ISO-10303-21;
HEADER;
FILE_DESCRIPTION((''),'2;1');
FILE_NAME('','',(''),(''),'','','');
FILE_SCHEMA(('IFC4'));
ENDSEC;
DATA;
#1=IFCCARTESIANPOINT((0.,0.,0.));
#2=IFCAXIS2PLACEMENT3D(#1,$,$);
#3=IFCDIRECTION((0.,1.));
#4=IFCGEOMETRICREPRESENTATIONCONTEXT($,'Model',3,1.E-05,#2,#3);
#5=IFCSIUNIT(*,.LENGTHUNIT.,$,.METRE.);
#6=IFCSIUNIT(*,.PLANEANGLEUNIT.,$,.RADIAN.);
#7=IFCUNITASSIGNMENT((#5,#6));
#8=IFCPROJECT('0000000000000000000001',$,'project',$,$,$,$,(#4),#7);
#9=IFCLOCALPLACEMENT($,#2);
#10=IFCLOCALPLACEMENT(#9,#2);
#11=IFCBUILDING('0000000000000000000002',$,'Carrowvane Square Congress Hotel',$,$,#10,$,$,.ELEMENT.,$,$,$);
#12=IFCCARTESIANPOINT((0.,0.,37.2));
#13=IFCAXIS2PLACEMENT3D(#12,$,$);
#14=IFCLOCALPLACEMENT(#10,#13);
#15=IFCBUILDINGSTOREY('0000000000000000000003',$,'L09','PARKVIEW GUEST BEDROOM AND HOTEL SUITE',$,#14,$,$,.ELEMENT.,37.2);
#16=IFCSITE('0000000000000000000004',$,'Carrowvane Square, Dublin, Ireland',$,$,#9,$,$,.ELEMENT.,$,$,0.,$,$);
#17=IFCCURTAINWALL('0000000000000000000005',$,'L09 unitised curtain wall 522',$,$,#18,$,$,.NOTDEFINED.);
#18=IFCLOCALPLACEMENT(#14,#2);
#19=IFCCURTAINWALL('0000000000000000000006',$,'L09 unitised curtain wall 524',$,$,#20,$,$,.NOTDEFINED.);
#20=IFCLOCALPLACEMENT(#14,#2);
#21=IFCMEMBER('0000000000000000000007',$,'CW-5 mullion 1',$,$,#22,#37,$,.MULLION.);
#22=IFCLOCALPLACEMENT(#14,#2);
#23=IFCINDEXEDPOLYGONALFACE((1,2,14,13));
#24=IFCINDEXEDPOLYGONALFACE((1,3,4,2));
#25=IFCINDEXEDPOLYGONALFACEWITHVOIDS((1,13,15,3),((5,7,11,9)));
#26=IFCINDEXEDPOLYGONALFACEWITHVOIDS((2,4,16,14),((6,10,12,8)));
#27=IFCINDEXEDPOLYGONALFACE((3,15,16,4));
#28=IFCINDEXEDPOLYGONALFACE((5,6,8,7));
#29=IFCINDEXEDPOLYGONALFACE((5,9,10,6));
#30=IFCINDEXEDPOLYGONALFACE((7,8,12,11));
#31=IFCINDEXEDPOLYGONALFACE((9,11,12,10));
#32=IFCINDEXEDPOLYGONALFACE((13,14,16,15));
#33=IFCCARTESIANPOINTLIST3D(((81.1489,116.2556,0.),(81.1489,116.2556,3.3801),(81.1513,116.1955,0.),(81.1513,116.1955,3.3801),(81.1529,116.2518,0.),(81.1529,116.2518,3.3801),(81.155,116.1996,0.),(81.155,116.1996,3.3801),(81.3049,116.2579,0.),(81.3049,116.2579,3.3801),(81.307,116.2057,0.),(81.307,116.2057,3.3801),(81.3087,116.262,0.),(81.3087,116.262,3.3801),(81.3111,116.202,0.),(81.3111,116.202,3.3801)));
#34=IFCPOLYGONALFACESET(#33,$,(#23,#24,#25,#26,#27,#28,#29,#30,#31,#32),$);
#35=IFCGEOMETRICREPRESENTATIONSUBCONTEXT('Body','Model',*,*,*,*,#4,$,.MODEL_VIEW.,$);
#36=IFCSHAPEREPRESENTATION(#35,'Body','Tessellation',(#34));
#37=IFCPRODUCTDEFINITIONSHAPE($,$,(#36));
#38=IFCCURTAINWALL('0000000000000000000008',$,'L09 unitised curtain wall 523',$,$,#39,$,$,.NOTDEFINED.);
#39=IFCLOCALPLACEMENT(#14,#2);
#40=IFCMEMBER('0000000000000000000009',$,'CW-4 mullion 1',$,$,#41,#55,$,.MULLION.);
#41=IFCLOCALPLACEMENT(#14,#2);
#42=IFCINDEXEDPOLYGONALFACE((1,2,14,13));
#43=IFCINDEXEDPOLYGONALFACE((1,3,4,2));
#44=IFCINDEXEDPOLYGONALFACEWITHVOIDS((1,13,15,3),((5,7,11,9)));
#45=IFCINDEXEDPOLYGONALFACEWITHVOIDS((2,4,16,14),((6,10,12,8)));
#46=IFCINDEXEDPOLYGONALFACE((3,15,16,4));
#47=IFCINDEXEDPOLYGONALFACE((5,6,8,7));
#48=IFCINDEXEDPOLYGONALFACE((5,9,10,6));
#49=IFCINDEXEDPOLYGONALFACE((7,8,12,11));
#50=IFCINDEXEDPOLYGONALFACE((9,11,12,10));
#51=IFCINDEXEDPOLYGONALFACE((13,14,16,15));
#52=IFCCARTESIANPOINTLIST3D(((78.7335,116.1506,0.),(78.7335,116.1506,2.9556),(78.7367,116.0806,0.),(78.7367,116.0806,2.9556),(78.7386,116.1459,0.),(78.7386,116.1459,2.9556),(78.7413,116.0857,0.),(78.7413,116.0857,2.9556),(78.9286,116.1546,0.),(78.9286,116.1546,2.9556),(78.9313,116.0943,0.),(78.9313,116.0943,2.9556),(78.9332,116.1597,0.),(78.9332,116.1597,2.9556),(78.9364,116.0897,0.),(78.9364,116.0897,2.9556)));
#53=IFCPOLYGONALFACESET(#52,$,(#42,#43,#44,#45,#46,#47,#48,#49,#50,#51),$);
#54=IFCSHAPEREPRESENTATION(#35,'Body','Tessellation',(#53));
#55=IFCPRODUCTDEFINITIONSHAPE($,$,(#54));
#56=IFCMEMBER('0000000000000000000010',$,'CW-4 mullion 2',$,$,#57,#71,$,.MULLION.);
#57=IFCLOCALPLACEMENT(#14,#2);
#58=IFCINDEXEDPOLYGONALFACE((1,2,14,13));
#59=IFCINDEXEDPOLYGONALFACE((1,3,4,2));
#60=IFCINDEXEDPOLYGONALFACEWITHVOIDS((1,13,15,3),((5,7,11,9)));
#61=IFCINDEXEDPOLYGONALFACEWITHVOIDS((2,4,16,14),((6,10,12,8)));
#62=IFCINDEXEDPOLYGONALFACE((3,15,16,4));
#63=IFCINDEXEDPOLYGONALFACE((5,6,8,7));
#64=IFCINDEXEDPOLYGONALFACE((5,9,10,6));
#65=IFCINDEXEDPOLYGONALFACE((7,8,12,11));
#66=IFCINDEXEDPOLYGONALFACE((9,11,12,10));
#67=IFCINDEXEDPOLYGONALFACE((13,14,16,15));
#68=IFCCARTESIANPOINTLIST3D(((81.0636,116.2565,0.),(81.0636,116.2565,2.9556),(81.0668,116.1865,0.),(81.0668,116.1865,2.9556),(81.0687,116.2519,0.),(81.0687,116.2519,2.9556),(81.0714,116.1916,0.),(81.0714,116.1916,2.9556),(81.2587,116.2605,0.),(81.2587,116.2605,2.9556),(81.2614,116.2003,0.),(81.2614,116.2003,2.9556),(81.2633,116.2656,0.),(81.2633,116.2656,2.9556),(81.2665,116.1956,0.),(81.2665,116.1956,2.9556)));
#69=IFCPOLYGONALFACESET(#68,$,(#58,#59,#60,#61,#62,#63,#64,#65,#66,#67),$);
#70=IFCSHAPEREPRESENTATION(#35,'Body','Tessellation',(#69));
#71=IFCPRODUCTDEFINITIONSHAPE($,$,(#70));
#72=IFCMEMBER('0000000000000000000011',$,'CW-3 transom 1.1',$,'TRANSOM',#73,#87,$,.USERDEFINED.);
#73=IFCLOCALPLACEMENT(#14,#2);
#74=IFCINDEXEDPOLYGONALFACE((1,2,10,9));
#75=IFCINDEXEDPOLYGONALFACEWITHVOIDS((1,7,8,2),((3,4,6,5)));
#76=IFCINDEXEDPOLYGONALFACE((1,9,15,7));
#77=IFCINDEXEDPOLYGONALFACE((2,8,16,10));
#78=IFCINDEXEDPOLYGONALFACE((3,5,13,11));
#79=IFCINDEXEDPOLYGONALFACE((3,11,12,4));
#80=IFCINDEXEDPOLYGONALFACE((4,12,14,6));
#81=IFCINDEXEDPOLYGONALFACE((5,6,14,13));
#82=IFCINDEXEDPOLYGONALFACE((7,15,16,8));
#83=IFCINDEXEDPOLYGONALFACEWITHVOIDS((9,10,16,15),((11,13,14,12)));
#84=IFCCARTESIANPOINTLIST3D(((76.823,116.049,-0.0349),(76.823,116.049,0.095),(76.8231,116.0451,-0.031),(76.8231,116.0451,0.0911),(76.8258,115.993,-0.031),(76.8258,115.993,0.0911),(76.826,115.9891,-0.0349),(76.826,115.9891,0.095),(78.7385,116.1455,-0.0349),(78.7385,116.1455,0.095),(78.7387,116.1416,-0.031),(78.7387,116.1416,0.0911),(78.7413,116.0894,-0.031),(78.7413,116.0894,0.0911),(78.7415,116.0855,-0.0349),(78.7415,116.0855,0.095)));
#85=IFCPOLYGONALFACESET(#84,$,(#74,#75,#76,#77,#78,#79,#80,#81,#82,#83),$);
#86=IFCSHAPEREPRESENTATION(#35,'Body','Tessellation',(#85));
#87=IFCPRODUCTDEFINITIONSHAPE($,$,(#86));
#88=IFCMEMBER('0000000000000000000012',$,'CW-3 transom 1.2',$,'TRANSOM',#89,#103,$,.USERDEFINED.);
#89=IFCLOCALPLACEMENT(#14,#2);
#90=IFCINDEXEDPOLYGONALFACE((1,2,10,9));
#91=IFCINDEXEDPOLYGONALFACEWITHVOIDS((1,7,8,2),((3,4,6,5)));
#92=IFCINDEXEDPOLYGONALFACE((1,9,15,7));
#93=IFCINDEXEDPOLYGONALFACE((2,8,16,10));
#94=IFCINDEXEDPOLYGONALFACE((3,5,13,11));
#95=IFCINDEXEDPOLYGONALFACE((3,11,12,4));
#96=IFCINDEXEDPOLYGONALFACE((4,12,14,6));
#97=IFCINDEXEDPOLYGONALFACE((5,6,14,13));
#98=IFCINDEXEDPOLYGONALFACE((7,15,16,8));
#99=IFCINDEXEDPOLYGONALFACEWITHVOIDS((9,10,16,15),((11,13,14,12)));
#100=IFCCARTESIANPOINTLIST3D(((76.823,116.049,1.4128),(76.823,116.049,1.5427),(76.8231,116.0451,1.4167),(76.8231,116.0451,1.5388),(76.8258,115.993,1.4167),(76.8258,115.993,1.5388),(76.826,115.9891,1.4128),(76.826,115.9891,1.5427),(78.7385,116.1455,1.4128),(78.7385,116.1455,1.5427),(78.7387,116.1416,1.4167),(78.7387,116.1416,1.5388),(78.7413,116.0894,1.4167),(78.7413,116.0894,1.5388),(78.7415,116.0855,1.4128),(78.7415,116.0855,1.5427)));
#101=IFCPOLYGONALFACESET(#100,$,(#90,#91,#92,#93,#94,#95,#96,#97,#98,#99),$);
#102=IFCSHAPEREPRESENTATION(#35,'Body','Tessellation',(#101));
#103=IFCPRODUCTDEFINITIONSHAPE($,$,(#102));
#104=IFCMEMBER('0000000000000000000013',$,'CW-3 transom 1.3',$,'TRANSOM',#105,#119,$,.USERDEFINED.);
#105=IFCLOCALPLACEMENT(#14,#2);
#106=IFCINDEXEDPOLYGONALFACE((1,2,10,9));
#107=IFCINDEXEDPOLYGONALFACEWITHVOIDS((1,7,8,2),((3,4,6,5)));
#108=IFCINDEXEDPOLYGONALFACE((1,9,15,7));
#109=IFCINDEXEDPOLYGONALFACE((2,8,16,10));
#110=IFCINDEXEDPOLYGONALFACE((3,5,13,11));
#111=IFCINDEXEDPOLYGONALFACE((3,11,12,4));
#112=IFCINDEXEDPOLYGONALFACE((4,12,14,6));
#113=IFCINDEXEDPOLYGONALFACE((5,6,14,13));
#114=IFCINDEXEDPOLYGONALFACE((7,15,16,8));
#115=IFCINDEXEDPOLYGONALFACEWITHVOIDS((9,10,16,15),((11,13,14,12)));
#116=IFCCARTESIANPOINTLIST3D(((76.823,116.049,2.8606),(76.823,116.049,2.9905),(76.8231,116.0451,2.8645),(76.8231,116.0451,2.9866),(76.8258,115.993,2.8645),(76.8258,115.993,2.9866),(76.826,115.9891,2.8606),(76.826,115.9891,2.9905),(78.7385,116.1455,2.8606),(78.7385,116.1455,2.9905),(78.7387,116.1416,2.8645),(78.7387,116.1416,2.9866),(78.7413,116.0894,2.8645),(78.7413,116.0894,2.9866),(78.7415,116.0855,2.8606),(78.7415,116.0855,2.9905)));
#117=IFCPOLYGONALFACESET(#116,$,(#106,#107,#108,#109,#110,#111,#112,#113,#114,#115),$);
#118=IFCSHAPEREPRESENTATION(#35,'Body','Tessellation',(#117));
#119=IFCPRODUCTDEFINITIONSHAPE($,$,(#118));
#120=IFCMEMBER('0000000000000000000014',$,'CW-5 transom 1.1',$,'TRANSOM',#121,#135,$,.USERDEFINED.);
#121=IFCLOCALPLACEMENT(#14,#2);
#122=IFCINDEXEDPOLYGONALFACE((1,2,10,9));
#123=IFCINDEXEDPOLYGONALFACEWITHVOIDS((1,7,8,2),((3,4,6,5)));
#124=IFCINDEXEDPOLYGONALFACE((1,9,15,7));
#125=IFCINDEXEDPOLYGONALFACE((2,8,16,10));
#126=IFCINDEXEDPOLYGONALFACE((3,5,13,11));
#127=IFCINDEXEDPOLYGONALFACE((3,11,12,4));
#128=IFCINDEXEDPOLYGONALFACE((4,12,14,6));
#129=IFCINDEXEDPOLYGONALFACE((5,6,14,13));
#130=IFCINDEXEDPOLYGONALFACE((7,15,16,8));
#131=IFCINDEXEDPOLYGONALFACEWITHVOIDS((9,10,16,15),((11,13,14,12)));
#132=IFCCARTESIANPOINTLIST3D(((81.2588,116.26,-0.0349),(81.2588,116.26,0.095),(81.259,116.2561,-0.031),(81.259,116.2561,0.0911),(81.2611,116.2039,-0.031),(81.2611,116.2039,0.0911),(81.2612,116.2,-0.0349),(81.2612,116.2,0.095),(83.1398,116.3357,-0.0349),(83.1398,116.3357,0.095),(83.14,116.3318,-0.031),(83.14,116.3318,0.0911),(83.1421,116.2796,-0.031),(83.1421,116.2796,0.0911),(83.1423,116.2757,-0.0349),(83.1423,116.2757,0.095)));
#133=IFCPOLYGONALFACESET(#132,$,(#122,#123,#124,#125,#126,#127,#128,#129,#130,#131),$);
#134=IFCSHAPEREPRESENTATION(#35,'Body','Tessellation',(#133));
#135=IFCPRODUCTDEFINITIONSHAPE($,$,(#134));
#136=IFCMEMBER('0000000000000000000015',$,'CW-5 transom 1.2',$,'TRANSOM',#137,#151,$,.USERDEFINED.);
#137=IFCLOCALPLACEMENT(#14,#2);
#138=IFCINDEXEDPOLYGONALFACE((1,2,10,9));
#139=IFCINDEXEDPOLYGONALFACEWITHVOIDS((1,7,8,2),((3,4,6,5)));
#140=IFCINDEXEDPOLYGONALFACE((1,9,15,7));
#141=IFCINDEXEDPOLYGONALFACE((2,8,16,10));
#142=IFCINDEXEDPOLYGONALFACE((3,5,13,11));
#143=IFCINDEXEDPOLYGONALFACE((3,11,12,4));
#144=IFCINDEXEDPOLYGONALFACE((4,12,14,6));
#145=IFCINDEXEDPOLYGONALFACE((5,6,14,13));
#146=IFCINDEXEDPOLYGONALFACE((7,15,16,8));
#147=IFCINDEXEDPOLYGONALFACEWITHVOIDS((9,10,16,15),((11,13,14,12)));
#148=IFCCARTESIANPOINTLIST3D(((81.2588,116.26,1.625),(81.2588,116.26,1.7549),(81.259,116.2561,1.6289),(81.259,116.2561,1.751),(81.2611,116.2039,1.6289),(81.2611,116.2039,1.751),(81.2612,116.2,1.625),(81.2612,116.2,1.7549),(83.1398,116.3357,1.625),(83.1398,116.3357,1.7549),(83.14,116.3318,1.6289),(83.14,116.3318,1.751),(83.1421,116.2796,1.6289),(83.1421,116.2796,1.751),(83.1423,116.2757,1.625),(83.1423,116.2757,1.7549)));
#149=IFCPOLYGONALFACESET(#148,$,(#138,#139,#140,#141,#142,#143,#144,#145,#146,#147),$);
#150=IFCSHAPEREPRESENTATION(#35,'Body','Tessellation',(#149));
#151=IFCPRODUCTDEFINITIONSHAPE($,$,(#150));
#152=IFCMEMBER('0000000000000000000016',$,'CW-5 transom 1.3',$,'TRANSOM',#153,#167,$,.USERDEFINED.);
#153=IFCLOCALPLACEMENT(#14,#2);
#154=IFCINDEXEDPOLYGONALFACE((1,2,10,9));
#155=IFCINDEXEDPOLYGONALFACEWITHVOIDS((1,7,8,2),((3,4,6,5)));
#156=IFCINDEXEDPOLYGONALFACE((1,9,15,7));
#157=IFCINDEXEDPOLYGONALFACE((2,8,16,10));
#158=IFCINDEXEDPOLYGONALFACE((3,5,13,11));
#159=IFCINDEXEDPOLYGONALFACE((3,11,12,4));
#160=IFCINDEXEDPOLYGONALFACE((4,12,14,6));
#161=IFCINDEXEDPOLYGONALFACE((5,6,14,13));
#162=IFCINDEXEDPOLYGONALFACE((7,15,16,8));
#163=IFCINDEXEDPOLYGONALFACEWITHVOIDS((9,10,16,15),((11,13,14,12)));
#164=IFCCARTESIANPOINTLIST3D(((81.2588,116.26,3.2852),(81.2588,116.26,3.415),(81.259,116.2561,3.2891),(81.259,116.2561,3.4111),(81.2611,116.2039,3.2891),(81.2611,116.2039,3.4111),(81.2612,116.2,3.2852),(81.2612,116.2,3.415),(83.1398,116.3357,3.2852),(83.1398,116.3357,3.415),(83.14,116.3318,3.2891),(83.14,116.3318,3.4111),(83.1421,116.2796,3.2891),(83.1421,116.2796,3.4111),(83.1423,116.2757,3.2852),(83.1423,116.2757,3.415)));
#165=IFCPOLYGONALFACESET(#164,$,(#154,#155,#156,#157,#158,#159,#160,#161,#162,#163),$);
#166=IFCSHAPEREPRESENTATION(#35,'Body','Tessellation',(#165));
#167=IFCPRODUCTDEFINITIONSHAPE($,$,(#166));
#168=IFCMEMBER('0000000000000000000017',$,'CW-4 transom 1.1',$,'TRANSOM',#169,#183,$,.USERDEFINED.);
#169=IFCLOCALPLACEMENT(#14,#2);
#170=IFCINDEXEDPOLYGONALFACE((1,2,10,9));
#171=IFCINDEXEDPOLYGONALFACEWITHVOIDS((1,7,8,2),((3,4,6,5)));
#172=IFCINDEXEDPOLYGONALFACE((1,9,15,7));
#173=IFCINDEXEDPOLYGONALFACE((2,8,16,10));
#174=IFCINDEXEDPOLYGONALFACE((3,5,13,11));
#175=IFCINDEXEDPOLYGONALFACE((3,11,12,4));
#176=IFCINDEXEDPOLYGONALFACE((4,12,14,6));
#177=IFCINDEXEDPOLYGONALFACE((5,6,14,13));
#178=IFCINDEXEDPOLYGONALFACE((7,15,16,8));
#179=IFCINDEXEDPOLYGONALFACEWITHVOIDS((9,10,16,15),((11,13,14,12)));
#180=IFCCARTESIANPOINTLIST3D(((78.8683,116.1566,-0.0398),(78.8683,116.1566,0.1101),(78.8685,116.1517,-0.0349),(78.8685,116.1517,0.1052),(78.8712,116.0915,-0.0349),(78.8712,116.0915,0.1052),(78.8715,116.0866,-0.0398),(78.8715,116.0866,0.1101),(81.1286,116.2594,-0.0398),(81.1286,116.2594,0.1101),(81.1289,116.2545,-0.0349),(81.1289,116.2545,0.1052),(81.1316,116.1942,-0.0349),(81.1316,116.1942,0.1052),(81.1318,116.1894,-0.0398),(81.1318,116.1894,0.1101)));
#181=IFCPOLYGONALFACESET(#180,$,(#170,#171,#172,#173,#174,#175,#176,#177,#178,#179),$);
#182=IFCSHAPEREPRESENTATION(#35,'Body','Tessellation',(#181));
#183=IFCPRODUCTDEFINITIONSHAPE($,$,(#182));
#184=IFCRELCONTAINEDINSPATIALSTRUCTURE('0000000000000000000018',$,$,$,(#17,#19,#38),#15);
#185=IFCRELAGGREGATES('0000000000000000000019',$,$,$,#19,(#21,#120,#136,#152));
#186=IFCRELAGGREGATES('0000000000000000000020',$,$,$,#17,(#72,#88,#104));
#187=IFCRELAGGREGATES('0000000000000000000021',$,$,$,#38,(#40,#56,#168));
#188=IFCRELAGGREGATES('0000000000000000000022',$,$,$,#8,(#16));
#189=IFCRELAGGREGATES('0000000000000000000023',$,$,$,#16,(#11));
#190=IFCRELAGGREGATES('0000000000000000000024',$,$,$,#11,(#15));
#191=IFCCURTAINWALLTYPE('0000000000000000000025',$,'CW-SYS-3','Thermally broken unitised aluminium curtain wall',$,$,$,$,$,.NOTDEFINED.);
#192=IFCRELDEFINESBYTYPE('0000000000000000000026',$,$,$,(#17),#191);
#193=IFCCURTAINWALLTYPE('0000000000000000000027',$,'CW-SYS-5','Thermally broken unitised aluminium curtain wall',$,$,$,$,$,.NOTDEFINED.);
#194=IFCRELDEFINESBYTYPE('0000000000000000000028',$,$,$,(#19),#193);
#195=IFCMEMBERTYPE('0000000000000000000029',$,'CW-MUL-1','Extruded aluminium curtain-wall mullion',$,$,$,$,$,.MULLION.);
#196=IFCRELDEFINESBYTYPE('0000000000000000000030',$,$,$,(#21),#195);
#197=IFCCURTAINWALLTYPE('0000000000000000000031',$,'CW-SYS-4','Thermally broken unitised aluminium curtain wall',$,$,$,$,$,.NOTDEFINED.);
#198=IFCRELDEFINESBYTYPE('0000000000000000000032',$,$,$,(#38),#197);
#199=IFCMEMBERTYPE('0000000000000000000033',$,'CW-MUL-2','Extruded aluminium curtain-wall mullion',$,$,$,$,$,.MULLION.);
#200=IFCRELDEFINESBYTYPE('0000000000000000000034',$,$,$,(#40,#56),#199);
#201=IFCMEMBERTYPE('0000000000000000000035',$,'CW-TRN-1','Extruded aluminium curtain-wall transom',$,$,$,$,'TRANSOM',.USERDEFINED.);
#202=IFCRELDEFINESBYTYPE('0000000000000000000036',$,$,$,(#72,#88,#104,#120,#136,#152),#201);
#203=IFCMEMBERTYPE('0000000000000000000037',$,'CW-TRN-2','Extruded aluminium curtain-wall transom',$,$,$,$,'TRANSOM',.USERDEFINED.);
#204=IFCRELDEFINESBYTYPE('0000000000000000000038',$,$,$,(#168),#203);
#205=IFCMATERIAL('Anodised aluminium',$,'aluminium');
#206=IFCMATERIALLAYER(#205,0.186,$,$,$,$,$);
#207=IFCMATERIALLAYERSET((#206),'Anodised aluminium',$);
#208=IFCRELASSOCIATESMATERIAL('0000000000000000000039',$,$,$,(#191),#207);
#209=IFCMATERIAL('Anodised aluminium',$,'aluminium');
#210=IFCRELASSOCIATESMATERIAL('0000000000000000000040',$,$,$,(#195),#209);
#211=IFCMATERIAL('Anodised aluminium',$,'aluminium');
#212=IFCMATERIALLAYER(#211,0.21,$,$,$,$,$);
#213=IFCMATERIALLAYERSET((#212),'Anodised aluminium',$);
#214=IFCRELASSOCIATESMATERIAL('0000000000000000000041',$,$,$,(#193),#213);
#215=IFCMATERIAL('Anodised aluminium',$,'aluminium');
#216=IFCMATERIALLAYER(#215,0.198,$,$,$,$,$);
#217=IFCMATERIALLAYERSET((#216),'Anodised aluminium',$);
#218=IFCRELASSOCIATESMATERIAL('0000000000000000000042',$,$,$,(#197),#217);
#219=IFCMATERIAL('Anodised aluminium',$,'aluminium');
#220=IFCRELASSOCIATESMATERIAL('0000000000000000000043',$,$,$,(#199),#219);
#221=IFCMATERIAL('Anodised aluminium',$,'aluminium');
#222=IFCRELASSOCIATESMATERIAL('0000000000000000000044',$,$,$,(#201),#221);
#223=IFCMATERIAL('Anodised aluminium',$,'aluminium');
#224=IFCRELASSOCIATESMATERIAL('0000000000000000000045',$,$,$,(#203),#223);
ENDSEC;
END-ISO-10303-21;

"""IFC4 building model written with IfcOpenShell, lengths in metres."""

from ifc_helpers import new_model, si_unit, direction, frame, origin, origin_2d, place, context, subcontext, project, spatial, hollow_rectangle, extrude, material, layer, layer_set, material_profile, profile_set, type_object, element, aggregate, save


model = new_model("IFC4")

# Units and contexts
model_context = context("Model", 3, precision=1e-05, world=origin(), true_north=direction((0.0, 1.0)))
body_context = subcontext(model_context, "Body", "Model", "MODEL_VIEW")
ifc_project = project(units=[si_unit("LENGTHUNIT", "METRE"), si_unit("PLANEANGLEUNIT", "RADIAN")], contexts=[model_context])

# Site, building, storey
site_placement = place(None, origin())
site = spatial("IfcSite", under=ifc_project, at=site_placement, Name="Carrowvane Square, Dublin, Ireland", CompositionType="ELEMENT", RefElevation=0.0)
building_placement = place(site_placement, origin())
building = spatial("IfcBuilding", under=site, at=building_placement, Name="Carrowvane Square Congress Hotel", CompositionType="ELEMENT")
storey_placement = place(building_placement, frame((0.0, 0.0, 37.2)))
storey = spatial("IfcBuildingStorey", under=building, at=storey_placement, Name="L09", Description="PARKVIEW GUEST BEDROOM AND HOTEL SUITE", CompositionType="ELEMENT", Elevation=37.2)

# Curtain wall
ifc_material_1 = material(Name="Anodised aluminium", Category="aluminium")
ifc_layer_1 = layer(ifc_material_1, 0.186)
ifc_layer_set_1 = layer_set([ifc_layer_1], Name="Anodised aluminium")
curtain_wall_type_1 = type_object("IfcCurtainWallType", Name="CW-SYS-3", Description="Thermally broken unitised aluminium curtain wall", PredefinedType="NOTDEFINED", material=ifc_layer_set_1)
curtain_wall_1_placement = place(storey_placement, origin())
curtain_wall_1 = element("IfcCurtainWall", 1, at=curtain_wall_1_placement, inside=storey, type_object=curtain_wall_type_1, Name="L09 unitised curtain wall 522", PredefinedType="NOTDEFINED")
ifc_material_2 = material(Name="Anodised aluminium", Category="aluminium")
ifc_material_profile_1 = material_profile(ifc_material_2, hollow_rectangle(XDim=0.0601, YDim=0.1599, WallThickness=0.0039, at=origin_2d()), Name="CW-ML 60x160x4")
ifc_profile_set_1 = profile_set([ifc_material_profile_1], Name="Anodised aluminium")
member_type_1 = type_object("IfcMemberType", Name="CW-MUL-1", Description="Extruded aluminium curtain-wall mullion", PredefinedType="MULLION", material=ifc_profile_set_1)

# Curtain wall, member
ifc_material_3 = material(Name="Anodised aluminium", Category="aluminium")
ifc_layer_2 = layer(ifc_material_3, 0.21)
ifc_layer_set_2 = layer_set([ifc_layer_2], Name="Anodised aluminium")
curtain_wall_type_2 = type_object("IfcCurtainWallType", Name="CW-SYS-5", Description="Thermally broken unitised aluminium curtain wall", PredefinedType="NOTDEFINED", material=ifc_layer_set_2)
curtain_wall_2_placement = place(storey_placement, origin())
curtain_wall_2 = element("IfcCurtainWall", 2, at=curtain_wall_2_placement, inside=storey, type_object=curtain_wall_type_2, Name="L09 unitised curtain wall 524", PredefinedType="NOTDEFINED")
member_1_placement = place(storey_placement, frame((81.23, 116.2288, 0.0), z_axis=(0.0, 0.0, 1.0), x_axis=(-0.040136, 0.999194, 0.0)))
member_1 = element("IfcMember", 3, at=member_1_placement, type_object=member_type_1, Name="CW-5 mullion 1", PredefinedType="MULLION", context=body_context, shape_type="SweptSolid", body=[
    extrude(hollow_rectangle(XDim=0.0601, YDim=0.1599, WallThickness=0.0039, at=origin_2d()), origin(), (0.0, 0.0, 1.0), 3.3801),
])

# Curtain wall, members
ifc_material_4 = material(Name="Anodised aluminium", Category="aluminium")
ifc_layer_3 = layer(ifc_material_4, 0.198)
ifc_layer_set_3 = layer_set([ifc_layer_3], Name="Anodised aluminium")
curtain_wall_type_3 = type_object("IfcCurtainWallType", Name="CW-SYS-4", Description="Thermally broken unitised aluminium curtain wall", PredefinedType="NOTDEFINED", material=ifc_layer_set_3)
curtain_wall_3_placement = place(storey_placement, origin())
curtain_wall_3 = element("IfcCurtainWall", 4, at=curtain_wall_3_placement, inside=storey, type_object=curtain_wall_type_3, Name="L09 unitised curtain wall 523", PredefinedType="NOTDEFINED")
ifc_material_5 = material(Name="Anodised aluminium", Category="aluminium")
ifc_material_profile_2 = material_profile(ifc_material_5, hollow_rectangle(XDim=0.0701, YDim=0.2, WallThickness=0.0049, at=origin_2d()), Name="CW-ML 70x200x5")
ifc_profile_set_2 = profile_set([ifc_material_profile_2], Name="Anodised aluminium")
member_type_2 = type_object("IfcMemberType", Name="CW-MUL-2", Description="Extruded aluminium curtain-wall mullion", PredefinedType="MULLION", material=ifc_profile_set_2)
member_2_placement = place(storey_placement, frame((78.835, 116.1201, 0.0), z_axis=(0.0, 0.0, 1.0), x_axis=(-0.045411, 0.998968, 0.0)))
member_2 = element("IfcMember", 5, at=member_2_placement, type_object=member_type_2, Name="CW-4 mullion 1", PredefinedType="MULLION", context=body_context, shape_type="SweptSolid", body=[
    extrude(hollow_rectangle(XDim=0.0701, YDim=0.2, WallThickness=0.0049, at=origin_2d()), origin(), (0.0, 0.0, 1.0), 2.9556),
])
member_3_placement = place(storey_placement, frame((81.165, 116.2261, 0.0), z_axis=(0.0, 0.0, 1.0), x_axis=(-0.045411, 0.998968, 0.0)))
member_3 = element("IfcMember", 6, at=member_3_placement, type_object=member_type_2, Name="CW-4 mullion 2", PredefinedType="MULLION", context=body_context, shape_type="SweptSolid", body=[
    extrude(hollow_rectangle(XDim=0.0701, YDim=0.2, WallThickness=0.0049, at=origin_2d()), origin(), (0.0, 0.0, 1.0), 2.9556),
])

# Members
ifc_material_6 = material(Name="Anodised aluminium", Category="aluminium")
ifc_material_profile_3 = material_profile(ifc_material_6, hollow_rectangle(XDim=0.0601, YDim=0.1299, WallThickness=0.0039, at=origin_2d()), Name="CW-TR 60x130x4")
ifc_profile_set_3 = profile_set([ifc_material_profile_3], Name="Anodised aluminium")
member_type_3 = type_object("IfcMemberType", Name="CW-TRN-1", Description="Extruded aluminium curtain-wall transom", ElementType="TRANSOM", PredefinedType="USERDEFINED", material=ifc_profile_set_3)
member_4_placement = place(storey_placement, frame((76.8245, 116.019, 0.03), z_axis=(0.998735, 0.05028, 0.0), x_axis=(-0.05028, 0.998735, 0.0)))
member_4 = element("IfcMember", 7, at=member_4_placement, type_object=member_type_3, Name="CW-3 transom 1.1", ObjectType="TRANSOM", PredefinedType="USERDEFINED", context=body_context, shape_type="SweptSolid", body=[
    extrude(hollow_rectangle(XDim=0.0601, YDim=0.1299, WallThickness=0.0039, at=origin_2d()), origin(), (0.0, 0.0, 1.0), 1.918),
])
member_5_placement = place(storey_placement, frame((76.8245, 116.019, 1.4778), z_axis=(0.998735, 0.05028, 0.0), x_axis=(-0.05028, 0.998735, 0.0)))
member_5 = element("IfcMember", 8, at=member_5_placement, type_object=member_type_3, Name="CW-3 transom 1.2", ObjectType="TRANSOM", PredefinedType="USERDEFINED", context=body_context, shape_type="SweptSolid", body=[
    extrude(hollow_rectangle(XDim=0.0601, YDim=0.1299, WallThickness=0.0039, at=origin_2d()), origin(), (0.0, 0.0, 1.0), 1.918),
])
member_6_placement = place(storey_placement, frame((76.8245, 116.019, 2.9255), z_axis=(0.998735, 0.05028, 0.0), x_axis=(-0.05028, 0.998735, 0.0)))
member_6 = element("IfcMember", 9, at=member_6_placement, type_object=member_type_3, Name="CW-3 transom 1.3", ObjectType="TRANSOM", PredefinedType="USERDEFINED", context=body_context, shape_type="SweptSolid", body=[
    extrude(hollow_rectangle(XDim=0.0601, YDim=0.1299, WallThickness=0.0039, at=origin_2d()), origin(), (0.0, 0.0, 1.0), 1.918),
])
member_7_placement = place(storey_placement, frame((81.26, 116.23, 0.03), z_axis=(0.999192, 0.040201, 0.0), x_axis=(-0.040201, 0.999192, 0.0)))
member_7 = element("IfcMember", 10, at=member_7_placement, type_object=member_type_3, Name="CW-5 transom 1.1", ObjectType="TRANSOM", PredefinedType="USERDEFINED", context=body_context, shape_type="SweptSolid", body=[
    extrude(hollow_rectangle(XDim=0.0601, YDim=0.1299, WallThickness=0.0039, at=origin_2d()), origin(), (0.0, 0.0, 1.0), 1.8826),
])
member_8_placement = place(storey_placement, frame((81.26, 116.23, 1.6899), z_axis=(0.999192, 0.040201, 0.0), x_axis=(-0.040201, 0.999192, 0.0)))
member_8 = element("IfcMember", 11, at=member_8_placement, type_object=member_type_3, Name="CW-5 transom 1.2", ObjectType="TRANSOM", PredefinedType="USERDEFINED", context=body_context, shape_type="SweptSolid", body=[
    extrude(hollow_rectangle(XDim=0.0601, YDim=0.1299, WallThickness=0.0039, at=origin_2d()), origin(), (0.0, 0.0, 1.0), 1.8826),
])
member_9_placement = place(storey_placement, frame((81.26, 116.23, 3.3501), z_axis=(0.999192, 0.040201, 0.0), x_axis=(-0.040201, 0.999192, 0.0)))
member_9 = element("IfcMember", 12, at=member_9_placement, type_object=member_type_3, Name="CW-5 transom 1.3", ObjectType="TRANSOM", PredefinedType="USERDEFINED", context=body_context, shape_type="SweptSolid", body=[
    extrude(hollow_rectangle(XDim=0.0601, YDim=0.1299, WallThickness=0.0039, at=origin_2d()), origin(), (0.0, 0.0, 1.0), 1.8826),
])
aggregate(curtain_wall_2, [member_1, member_7, member_8, member_9])
ifc_material_7 = material(Name="Anodised aluminium", Category="aluminium")
ifc_material_profile_4 = material_profile(ifc_material_7, hollow_rectangle(XDim=0.0701, YDim=0.1499, WallThickness=0.0049, at=origin_2d()), Name="CW-TR 70x150x5")
ifc_profile_set_4 = profile_set([ifc_material_profile_4], Name="Anodised aluminium")
member_type_4 = type_object("IfcMemberType", Name="CW-TRN-2", Description="Extruded aluminium curtain-wall transom", ElementType="TRANSOM", PredefinedType="USERDEFINED", material=ifc_profile_set_4)
member_10_placement = place(storey_placement, frame((78.8699, 116.1216, 0.0352), z_axis=(0.998968, 0.045427, 0.0), x_axis=(-0.045427, 0.998968, 0.0)))
member_10 = element("IfcMember", 13, at=member_10_placement, type_object=member_type_4, Name="CW-4 transom 1.1", ObjectType="TRANSOM", PredefinedType="USERDEFINED", context=body_context, shape_type="SweptSolid", body=[
    extrude(hollow_rectangle(XDim=0.0701, YDim=0.1499, WallThickness=0.0049, at=origin_2d()), origin(), (0.0, 0.0, 1.0), 2.2627),
])

aggregate(curtain_wall_1, [member_4, member_5, member_6])
aggregate(curtain_wall_3, [member_2, member_3, member_10])

save(model, "model.ifc")
